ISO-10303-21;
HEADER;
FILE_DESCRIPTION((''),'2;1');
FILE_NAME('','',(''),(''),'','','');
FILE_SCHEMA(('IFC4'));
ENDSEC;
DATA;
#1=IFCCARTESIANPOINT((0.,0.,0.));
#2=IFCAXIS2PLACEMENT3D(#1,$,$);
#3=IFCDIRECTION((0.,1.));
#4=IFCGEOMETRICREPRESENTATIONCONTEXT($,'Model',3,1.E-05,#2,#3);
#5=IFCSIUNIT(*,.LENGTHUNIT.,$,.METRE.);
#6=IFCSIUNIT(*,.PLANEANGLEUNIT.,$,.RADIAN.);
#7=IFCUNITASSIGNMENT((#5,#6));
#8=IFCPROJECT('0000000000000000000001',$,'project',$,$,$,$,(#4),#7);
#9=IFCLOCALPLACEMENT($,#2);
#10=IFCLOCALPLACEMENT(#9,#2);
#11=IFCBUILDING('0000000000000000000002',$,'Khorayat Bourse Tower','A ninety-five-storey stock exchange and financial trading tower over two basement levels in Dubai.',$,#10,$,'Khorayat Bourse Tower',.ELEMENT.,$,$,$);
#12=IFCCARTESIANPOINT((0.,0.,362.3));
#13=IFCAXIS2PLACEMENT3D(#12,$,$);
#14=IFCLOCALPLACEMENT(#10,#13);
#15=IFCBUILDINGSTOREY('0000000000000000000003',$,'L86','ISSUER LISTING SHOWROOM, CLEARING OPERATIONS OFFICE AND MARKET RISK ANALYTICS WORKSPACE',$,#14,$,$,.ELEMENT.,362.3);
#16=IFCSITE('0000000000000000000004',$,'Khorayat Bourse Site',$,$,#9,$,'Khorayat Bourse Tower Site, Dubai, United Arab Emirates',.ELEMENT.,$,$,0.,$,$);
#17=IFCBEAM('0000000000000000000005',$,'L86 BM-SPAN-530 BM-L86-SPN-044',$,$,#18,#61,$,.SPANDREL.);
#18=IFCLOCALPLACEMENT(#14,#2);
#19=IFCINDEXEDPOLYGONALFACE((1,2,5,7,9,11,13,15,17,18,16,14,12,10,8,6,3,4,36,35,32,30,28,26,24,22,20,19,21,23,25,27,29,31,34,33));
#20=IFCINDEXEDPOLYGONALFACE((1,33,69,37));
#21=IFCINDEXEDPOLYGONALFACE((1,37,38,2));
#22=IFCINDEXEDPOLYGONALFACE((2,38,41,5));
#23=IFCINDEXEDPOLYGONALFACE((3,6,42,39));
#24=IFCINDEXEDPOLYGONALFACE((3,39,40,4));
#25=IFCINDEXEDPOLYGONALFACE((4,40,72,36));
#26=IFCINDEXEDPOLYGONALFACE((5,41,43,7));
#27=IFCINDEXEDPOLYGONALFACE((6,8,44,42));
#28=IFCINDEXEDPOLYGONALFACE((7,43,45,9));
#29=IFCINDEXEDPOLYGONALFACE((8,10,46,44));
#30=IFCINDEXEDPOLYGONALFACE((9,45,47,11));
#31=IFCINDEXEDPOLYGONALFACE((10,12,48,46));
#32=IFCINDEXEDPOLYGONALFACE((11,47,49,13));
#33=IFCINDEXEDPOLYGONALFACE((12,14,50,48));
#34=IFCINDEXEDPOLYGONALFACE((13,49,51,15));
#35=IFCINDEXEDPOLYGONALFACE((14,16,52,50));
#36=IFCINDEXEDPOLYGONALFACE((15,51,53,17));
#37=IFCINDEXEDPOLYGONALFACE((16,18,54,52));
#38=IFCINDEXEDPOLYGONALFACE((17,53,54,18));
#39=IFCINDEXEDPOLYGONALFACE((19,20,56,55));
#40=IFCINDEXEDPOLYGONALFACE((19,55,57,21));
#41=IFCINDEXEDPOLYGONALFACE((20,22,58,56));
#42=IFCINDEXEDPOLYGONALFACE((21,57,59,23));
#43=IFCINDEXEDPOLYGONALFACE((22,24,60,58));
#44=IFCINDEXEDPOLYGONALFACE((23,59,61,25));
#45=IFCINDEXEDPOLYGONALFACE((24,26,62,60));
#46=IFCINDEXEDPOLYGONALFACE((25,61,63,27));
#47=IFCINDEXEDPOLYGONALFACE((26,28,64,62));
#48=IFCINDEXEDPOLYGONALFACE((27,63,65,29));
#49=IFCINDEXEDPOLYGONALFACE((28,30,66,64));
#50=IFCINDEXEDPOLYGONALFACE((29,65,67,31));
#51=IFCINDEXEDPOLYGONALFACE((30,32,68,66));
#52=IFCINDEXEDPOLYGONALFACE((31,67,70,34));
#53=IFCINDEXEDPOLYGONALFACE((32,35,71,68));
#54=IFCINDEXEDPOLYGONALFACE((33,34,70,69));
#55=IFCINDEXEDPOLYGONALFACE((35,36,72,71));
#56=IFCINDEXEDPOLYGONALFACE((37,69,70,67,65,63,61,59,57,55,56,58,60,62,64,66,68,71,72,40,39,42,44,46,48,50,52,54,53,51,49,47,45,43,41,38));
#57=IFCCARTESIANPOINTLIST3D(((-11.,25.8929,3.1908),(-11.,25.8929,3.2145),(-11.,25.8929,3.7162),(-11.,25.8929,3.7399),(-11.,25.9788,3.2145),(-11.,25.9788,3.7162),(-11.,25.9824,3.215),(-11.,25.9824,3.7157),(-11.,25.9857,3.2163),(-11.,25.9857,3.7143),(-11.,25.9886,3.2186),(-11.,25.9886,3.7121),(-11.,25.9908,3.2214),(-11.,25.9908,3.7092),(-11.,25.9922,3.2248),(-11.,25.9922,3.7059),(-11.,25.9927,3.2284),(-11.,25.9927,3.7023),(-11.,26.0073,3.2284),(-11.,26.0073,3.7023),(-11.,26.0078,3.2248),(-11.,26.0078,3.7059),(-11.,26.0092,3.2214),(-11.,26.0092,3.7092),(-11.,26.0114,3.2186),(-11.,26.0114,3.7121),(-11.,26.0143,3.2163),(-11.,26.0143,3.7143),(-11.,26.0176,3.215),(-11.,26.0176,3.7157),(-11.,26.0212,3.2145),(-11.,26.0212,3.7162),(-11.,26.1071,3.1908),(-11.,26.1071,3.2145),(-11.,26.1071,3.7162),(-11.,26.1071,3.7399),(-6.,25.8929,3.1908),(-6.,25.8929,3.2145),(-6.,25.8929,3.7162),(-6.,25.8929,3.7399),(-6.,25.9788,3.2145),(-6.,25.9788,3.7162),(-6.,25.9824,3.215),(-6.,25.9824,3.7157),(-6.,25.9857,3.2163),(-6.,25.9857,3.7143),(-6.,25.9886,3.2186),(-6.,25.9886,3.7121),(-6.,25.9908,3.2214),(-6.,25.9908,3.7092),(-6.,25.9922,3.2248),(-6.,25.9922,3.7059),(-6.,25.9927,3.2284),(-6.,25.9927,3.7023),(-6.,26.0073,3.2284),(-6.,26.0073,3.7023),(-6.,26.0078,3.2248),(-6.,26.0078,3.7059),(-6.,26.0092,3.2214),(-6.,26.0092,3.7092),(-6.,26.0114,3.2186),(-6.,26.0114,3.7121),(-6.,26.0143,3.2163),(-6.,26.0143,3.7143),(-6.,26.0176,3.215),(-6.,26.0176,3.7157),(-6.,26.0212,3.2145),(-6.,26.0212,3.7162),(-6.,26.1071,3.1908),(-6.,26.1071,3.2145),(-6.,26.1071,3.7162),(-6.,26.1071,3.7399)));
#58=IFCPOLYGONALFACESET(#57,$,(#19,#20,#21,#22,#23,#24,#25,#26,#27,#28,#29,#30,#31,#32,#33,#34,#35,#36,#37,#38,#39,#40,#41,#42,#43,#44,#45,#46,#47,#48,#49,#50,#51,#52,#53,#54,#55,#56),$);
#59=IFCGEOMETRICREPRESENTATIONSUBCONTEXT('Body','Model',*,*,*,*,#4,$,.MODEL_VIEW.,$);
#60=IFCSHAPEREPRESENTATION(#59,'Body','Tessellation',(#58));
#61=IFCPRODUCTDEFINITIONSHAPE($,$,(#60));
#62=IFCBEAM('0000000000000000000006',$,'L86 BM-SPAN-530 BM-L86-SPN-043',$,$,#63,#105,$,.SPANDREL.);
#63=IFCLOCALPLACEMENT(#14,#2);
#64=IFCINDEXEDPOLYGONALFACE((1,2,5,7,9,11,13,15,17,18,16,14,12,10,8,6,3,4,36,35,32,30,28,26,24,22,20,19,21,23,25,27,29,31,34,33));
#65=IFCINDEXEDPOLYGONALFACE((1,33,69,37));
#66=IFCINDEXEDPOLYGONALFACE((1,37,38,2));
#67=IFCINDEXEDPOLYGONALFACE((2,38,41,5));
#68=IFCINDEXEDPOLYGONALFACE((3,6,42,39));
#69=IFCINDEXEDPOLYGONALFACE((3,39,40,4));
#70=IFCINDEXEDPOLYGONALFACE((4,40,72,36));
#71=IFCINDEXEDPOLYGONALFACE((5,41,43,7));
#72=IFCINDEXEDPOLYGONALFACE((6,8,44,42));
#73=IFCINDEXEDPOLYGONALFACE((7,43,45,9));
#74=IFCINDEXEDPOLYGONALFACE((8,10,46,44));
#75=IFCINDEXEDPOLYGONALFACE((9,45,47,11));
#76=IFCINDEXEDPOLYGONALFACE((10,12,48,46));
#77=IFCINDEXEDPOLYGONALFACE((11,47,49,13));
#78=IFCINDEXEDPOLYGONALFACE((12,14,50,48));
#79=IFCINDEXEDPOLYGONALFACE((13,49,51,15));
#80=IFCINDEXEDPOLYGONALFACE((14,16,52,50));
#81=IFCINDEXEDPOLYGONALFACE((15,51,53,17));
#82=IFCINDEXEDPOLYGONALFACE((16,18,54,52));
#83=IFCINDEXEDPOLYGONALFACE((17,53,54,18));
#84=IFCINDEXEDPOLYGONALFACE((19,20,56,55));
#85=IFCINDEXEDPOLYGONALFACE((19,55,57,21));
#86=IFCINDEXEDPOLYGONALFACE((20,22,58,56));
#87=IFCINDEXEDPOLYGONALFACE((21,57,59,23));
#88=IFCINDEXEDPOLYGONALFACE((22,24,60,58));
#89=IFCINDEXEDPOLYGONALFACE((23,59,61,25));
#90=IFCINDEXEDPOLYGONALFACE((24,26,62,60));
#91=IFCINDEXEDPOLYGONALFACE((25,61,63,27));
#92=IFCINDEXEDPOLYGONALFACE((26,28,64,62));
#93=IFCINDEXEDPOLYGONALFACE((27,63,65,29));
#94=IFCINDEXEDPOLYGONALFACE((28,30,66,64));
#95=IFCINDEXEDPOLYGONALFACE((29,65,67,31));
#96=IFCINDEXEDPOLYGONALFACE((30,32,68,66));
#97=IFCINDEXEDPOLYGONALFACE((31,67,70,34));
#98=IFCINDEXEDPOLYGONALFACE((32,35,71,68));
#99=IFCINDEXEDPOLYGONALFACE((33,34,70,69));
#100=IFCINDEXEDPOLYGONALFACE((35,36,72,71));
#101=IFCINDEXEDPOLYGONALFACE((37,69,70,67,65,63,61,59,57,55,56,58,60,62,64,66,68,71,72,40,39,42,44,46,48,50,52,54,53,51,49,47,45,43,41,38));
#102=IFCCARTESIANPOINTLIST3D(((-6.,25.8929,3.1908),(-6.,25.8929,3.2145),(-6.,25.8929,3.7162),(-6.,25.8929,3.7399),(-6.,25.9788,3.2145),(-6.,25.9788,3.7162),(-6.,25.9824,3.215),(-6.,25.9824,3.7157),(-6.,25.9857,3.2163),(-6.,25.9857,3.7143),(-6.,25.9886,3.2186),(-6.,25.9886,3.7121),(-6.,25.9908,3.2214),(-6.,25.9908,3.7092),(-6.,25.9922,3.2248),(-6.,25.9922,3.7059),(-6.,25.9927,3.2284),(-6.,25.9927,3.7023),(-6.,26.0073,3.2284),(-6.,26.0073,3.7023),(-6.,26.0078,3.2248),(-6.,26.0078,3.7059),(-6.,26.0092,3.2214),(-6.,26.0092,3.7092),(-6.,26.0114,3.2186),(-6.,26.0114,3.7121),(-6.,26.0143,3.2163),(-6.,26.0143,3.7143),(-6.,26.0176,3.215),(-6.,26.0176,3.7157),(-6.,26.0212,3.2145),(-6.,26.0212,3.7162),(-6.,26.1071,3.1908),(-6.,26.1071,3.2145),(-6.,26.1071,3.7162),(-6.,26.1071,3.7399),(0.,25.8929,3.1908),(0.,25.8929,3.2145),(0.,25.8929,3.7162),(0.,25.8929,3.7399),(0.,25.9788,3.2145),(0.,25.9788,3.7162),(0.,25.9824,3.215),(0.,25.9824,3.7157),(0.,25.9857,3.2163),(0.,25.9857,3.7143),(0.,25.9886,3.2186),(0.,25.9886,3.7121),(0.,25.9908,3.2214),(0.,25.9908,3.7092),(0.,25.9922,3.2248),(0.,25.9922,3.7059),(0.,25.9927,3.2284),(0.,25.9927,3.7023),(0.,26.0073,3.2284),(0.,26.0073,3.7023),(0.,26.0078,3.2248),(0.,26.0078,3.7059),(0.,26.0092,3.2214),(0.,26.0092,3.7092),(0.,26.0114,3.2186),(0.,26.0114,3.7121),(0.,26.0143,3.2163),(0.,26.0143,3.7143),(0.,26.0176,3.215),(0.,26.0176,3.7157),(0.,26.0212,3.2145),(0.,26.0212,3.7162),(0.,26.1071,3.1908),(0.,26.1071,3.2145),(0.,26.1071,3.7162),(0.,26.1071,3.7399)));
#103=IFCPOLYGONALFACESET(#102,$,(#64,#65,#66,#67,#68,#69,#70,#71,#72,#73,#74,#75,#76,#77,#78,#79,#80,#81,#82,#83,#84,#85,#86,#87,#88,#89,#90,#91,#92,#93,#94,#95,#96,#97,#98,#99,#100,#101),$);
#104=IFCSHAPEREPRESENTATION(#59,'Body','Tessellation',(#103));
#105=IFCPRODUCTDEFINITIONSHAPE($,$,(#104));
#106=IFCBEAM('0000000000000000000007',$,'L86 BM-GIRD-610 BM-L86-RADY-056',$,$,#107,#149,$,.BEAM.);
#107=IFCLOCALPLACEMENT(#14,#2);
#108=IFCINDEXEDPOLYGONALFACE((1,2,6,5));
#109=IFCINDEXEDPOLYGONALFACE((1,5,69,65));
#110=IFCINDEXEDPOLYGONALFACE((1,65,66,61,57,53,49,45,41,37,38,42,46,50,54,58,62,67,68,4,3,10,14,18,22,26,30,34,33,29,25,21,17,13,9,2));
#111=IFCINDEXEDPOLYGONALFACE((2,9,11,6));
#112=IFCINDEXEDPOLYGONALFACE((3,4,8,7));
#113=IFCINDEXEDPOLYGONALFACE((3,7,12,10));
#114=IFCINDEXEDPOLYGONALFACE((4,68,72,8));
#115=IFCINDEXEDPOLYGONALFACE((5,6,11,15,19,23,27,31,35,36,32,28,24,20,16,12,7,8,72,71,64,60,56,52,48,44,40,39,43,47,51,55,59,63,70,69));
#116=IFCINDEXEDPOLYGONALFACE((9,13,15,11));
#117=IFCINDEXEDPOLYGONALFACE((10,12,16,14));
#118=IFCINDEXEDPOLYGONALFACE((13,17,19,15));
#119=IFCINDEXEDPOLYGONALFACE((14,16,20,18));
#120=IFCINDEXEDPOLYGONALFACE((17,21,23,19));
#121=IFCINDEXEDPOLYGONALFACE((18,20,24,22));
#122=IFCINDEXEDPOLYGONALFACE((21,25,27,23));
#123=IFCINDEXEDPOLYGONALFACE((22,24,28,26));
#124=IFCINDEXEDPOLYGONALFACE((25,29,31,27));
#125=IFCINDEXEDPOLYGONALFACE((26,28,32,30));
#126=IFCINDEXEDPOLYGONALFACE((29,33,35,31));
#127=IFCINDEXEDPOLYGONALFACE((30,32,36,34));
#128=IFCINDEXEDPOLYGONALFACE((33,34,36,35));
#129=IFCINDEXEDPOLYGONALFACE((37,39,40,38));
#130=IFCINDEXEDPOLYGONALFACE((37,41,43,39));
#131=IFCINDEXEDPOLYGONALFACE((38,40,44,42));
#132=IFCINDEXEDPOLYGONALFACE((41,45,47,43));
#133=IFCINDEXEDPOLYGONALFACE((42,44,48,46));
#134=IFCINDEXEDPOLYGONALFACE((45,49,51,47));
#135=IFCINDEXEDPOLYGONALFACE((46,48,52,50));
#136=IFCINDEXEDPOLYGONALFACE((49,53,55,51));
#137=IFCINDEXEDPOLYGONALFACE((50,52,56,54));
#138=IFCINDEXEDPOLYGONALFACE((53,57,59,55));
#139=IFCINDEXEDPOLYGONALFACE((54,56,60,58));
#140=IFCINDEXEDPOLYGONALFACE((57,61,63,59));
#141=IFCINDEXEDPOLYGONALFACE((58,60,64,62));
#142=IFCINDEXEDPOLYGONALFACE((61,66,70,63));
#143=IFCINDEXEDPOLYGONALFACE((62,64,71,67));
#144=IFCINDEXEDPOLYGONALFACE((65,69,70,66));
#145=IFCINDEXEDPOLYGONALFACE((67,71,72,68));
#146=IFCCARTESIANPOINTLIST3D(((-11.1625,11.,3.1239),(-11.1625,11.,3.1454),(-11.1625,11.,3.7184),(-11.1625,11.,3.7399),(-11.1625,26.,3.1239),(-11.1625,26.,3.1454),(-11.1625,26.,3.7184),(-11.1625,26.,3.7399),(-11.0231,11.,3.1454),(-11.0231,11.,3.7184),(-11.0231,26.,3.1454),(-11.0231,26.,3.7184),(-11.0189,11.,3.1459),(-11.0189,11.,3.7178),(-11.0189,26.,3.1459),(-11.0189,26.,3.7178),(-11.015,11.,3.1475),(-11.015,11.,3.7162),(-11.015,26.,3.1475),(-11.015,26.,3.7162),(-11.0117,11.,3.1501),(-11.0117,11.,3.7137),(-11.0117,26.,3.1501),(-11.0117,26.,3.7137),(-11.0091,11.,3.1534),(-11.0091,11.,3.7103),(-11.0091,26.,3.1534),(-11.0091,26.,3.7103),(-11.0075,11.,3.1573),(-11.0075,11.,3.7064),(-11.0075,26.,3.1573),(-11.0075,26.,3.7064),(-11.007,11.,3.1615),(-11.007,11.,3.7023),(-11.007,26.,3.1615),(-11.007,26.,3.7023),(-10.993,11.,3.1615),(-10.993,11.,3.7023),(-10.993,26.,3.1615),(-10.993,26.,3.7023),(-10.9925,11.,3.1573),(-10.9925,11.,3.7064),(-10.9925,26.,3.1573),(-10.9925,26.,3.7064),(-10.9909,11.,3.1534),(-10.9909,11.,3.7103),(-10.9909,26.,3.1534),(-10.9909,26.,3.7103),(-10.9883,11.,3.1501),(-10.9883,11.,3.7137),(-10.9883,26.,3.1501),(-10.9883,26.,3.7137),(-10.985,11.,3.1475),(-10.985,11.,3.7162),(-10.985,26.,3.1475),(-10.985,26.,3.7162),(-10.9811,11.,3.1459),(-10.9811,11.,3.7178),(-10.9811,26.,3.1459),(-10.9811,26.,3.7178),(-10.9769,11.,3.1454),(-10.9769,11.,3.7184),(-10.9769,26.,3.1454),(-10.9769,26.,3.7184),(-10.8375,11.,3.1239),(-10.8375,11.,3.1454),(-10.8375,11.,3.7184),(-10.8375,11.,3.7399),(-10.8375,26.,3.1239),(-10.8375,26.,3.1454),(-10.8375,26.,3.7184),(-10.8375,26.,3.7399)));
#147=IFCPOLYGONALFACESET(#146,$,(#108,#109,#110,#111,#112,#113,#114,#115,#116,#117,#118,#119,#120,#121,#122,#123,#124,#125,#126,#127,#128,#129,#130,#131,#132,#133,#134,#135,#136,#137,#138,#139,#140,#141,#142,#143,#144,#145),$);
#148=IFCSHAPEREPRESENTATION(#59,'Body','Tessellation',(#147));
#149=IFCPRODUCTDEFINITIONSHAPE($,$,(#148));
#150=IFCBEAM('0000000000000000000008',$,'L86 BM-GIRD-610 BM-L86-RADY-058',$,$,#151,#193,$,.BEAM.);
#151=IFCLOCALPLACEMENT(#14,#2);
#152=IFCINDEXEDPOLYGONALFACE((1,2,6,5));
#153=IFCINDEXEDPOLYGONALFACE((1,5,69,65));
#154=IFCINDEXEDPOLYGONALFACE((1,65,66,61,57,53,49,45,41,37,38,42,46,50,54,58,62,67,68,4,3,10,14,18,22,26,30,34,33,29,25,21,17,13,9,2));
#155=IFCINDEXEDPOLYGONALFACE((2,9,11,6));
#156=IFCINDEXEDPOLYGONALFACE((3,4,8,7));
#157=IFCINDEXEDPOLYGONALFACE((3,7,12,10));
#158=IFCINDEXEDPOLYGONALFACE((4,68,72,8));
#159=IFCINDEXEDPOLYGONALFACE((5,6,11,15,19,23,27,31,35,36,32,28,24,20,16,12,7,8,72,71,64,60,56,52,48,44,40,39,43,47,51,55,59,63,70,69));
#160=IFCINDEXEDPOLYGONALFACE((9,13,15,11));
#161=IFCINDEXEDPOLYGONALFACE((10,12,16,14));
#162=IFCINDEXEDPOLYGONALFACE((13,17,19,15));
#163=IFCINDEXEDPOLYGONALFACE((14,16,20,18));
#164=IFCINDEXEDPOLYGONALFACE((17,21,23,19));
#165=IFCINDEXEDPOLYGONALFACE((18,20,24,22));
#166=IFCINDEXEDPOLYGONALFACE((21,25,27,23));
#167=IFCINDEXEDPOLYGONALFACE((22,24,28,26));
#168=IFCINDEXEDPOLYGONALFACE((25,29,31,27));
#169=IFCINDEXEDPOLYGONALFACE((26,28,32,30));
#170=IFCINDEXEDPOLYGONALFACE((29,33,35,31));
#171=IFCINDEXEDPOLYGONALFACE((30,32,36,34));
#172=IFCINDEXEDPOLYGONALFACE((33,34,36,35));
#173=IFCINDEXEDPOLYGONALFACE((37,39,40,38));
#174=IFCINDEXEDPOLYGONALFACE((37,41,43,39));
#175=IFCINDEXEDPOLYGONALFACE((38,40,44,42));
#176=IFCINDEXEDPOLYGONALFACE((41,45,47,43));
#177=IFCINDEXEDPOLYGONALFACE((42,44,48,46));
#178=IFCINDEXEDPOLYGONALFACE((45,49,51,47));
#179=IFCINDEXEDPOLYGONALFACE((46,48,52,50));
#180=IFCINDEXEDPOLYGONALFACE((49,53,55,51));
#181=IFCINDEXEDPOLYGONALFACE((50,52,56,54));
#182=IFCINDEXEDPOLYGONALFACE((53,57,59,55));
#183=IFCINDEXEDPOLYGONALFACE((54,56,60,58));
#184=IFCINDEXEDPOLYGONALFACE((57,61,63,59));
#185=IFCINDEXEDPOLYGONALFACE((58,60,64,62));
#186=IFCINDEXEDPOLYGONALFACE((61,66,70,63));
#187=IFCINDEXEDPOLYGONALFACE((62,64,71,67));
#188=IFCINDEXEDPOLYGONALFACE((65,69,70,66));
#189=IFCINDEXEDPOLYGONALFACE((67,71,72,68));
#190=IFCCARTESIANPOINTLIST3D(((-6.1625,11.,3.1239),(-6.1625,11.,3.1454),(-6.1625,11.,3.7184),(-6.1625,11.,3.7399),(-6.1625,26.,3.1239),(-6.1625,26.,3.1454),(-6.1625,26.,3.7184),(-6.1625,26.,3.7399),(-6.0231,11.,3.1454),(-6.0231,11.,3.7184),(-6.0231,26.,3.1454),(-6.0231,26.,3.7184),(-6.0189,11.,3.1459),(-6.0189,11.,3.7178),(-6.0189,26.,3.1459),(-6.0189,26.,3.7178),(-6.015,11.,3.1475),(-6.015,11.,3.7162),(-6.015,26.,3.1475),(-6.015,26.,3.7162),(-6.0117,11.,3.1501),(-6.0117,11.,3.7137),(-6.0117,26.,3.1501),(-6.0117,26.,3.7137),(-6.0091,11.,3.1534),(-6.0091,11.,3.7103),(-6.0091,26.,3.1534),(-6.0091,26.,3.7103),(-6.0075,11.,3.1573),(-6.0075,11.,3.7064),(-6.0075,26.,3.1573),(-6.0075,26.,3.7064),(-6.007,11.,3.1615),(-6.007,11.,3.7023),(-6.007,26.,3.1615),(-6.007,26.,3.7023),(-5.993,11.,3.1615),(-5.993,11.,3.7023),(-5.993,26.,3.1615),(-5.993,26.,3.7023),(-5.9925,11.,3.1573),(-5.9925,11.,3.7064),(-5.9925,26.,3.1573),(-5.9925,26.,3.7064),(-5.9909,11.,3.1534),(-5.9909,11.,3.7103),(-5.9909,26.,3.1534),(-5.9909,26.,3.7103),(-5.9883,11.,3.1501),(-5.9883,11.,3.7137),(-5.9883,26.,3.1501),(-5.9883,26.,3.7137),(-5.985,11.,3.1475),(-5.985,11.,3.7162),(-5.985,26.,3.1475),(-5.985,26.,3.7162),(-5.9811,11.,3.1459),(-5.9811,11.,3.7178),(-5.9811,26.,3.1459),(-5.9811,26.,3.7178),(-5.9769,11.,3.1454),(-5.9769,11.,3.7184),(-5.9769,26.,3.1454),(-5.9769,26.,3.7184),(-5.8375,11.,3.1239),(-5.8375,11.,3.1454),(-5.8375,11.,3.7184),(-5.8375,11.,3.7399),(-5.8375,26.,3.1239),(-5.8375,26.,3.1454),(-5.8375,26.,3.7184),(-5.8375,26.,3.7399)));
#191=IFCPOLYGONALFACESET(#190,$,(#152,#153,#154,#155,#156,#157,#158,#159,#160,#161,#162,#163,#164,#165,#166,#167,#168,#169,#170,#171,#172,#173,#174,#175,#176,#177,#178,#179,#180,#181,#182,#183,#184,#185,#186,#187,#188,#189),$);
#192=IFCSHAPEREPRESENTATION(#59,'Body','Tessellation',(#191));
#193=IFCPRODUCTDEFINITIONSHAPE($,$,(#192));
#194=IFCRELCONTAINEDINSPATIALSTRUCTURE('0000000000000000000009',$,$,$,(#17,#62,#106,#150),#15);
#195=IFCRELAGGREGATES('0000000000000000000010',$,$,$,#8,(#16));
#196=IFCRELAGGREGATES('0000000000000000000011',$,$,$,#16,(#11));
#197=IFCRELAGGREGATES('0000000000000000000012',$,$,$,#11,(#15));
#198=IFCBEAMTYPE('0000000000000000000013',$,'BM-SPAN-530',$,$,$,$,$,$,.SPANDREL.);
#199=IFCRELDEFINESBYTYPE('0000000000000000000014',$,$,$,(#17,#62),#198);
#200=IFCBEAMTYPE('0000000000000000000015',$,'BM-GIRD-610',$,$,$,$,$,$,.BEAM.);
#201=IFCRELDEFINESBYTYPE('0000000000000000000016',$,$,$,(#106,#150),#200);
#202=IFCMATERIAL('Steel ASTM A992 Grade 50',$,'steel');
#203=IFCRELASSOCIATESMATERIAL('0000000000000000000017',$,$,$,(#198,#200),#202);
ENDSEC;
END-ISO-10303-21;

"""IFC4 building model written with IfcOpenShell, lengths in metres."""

from ifc_helpers import new_model, si_unit, direction, frame, origin, origin_2d, place, context, subcontext, project, spatial, i_section, extrude, source, transform, mapped, material, material_profile, profile_set, type_object, element, save


model = new_model("IFC4")

# Units and contexts
model_context = context("Model", 3, precision=1e-05, world=origin(), true_north=direction((0.0, 1.0)))
body_context = subcontext(model_context, "Body", "Model", "MODEL_VIEW")
ifc_project = project(units=[si_unit("LENGTHUNIT", "METRE"), si_unit("PLANEANGLEUNIT", "RADIAN")], contexts=[model_context])

# Site, building, storey
site_placement = place(None, origin())
site = spatial("IfcSite", under=ifc_project, at=site_placement, Name="Khorayat Bourse Site", LongName="Khorayat Bourse Tower Site, Dubai, United Arab Emirates", CompositionType="ELEMENT", RefElevation=0.0)
building_placement = place(site_placement, origin())
building = spatial("IfcBuilding", under=site, at=building_placement, Name="Khorayat Bourse Tower", Description="A ninety-five-storey stock exchange and financial trading tower over two basement levels in Dubai.", LongName="Khorayat Bourse Tower", CompositionType="ELEMENT")
storey_placement = place(building_placement, frame((0.0, 0.0, 362.3)))
storey = spatial("IfcBuildingStorey", under=building, at=storey_placement, Name="L86", Description="ISSUER LISTING SHOWROOM, CLEARING OPERATIONS OFFICE AND MARKET RISK ANALYTICS WORKSPACE", CompositionType="ELEMENT", Elevation=362.3)

# Beams
ifc_material_1 = material(Name="Steel ASTM A992 Grade 50", Category="steel")
ifc_material_profile_1 = material_profile(ifc_material_1, i_section(OverallWidth=0.2141, OverallDepth=0.5491, WebThickness=0.0146, FlangeThickness=0.0237, FilletRadius=0.0139, at=origin_2d()), Name="W530X138")
ifc_profile_set_1 = profile_set([ifc_material_profile_1], Name="Steel ASTM A992 Grade 50")
beam_type_1 = type_object("IfcBeamType", Name="BM-SPAN-530", PredefinedType="SPANDREL", material=ifc_profile_set_1)
shared_shape_1 = source(origin(), body_context, "Body", "SweptSolid", [
    extrude(i_section(OverallWidth=0.2141, OverallDepth=0.5491, WebThickness=0.0146, FlangeThickness=0.0237, FilletRadius=0.0139, at=origin_2d()), origin(), (0.0, 0.0, 1.0), 5.0),
])
beam_1_placement = place(storey_placement, frame((-11.0, 26.0, 3.4653), z_axis=(1.0, 0.0, 0.0), x_axis=(0.0, 1.0, 0.0)))
element("IfcBeam", 1, at=beam_1_placement, inside=storey, type_object=beam_type_1, Name="L86 BM-SPAN-530 BM-L86-SPN-044", PredefinedType="SPANDREL", context=body_context, shape_type="MappedRepresentation", body=[
    mapped(shared_shape_1, transform((0.0, 0.0, 0.0), scale=1.0)),
])
shared_shape_2 = source(origin(), body_context, "Body", "SweptSolid", [
    extrude(i_section(OverallWidth=0.2141, OverallDepth=0.5491, WebThickness=0.0146, FlangeThickness=0.0237, FilletRadius=0.0139, at=origin_2d()), origin(), (0.0, 0.0, 1.0), 6.0),
])
beam_2_placement = place(storey_placement, frame((-6.0, 26.0, 3.4653), z_axis=(1.0, 0.0, 0.0), x_axis=(0.0, 1.0, 0.0)))
element("IfcBeam", 2, at=beam_2_placement, inside=storey, type_object=beam_type_1, Name="L86 BM-SPAN-530 BM-L86-SPN-043", PredefinedType="SPANDREL", context=body_context, shape_type="MappedRepresentation", body=[
    mapped(shared_shape_2, transform((0.0, 0.0, 0.0), scale=1.0)),
])
ifc_material_profile_2 = material_profile(ifc_material_1, i_section(OverallWidth=0.325, OverallDepth=0.616, WebThickness=0.0139, FlangeThickness=0.0215, FilletRadius=0.0161, at=origin_2d()), Name="W610X174")
ifc_profile_set_2 = profile_set([ifc_material_profile_2], Name="Steel ASTM A992 Grade 50")
beam_type_2 = type_object("IfcBeamType", Name="BM-GIRD-610", PredefinedType="BEAM", material=ifc_profile_set_2)
shared_shape_3 = source(origin(), body_context, "Body", "SweptSolid", [
    extrude(i_section(OverallWidth=0.325, OverallDepth=0.616, WebThickness=0.0139, FlangeThickness=0.0215, FilletRadius=0.0161, at=origin_2d()), origin(), (0.0, 0.0, 1.0), 15.0),
])
for number, where, z_axis, x_axis, name in (
    (3, (-11.0, 11.0, 3.4319), (0.0, 1.0, 0.0), (-1.0, 0.0, 0.0), "L86 BM-GIRD-610 BM-L86-RADY-056"),
    (4, (-6.0, 11.0, 3.4319), (0.0, 1.0, 0.0), (-1.0, 0.0, 0.0), "L86 BM-GIRD-610 BM-L86-RADY-058"),
):
    element("IfcBeam", number, at=place(storey_placement, frame(where, z_axis=z_axis, x_axis=x_axis)), inside=storey, type_object=beam_type_2, Name=name, PredefinedType="BEAM", context=body_context, shape_type="MappedRepresentation", body=[
        mapped(shared_shape_3, transform((0.0, 0.0, 0.0), scale=1.0)),
    ])

save(model, "model.ifc")
